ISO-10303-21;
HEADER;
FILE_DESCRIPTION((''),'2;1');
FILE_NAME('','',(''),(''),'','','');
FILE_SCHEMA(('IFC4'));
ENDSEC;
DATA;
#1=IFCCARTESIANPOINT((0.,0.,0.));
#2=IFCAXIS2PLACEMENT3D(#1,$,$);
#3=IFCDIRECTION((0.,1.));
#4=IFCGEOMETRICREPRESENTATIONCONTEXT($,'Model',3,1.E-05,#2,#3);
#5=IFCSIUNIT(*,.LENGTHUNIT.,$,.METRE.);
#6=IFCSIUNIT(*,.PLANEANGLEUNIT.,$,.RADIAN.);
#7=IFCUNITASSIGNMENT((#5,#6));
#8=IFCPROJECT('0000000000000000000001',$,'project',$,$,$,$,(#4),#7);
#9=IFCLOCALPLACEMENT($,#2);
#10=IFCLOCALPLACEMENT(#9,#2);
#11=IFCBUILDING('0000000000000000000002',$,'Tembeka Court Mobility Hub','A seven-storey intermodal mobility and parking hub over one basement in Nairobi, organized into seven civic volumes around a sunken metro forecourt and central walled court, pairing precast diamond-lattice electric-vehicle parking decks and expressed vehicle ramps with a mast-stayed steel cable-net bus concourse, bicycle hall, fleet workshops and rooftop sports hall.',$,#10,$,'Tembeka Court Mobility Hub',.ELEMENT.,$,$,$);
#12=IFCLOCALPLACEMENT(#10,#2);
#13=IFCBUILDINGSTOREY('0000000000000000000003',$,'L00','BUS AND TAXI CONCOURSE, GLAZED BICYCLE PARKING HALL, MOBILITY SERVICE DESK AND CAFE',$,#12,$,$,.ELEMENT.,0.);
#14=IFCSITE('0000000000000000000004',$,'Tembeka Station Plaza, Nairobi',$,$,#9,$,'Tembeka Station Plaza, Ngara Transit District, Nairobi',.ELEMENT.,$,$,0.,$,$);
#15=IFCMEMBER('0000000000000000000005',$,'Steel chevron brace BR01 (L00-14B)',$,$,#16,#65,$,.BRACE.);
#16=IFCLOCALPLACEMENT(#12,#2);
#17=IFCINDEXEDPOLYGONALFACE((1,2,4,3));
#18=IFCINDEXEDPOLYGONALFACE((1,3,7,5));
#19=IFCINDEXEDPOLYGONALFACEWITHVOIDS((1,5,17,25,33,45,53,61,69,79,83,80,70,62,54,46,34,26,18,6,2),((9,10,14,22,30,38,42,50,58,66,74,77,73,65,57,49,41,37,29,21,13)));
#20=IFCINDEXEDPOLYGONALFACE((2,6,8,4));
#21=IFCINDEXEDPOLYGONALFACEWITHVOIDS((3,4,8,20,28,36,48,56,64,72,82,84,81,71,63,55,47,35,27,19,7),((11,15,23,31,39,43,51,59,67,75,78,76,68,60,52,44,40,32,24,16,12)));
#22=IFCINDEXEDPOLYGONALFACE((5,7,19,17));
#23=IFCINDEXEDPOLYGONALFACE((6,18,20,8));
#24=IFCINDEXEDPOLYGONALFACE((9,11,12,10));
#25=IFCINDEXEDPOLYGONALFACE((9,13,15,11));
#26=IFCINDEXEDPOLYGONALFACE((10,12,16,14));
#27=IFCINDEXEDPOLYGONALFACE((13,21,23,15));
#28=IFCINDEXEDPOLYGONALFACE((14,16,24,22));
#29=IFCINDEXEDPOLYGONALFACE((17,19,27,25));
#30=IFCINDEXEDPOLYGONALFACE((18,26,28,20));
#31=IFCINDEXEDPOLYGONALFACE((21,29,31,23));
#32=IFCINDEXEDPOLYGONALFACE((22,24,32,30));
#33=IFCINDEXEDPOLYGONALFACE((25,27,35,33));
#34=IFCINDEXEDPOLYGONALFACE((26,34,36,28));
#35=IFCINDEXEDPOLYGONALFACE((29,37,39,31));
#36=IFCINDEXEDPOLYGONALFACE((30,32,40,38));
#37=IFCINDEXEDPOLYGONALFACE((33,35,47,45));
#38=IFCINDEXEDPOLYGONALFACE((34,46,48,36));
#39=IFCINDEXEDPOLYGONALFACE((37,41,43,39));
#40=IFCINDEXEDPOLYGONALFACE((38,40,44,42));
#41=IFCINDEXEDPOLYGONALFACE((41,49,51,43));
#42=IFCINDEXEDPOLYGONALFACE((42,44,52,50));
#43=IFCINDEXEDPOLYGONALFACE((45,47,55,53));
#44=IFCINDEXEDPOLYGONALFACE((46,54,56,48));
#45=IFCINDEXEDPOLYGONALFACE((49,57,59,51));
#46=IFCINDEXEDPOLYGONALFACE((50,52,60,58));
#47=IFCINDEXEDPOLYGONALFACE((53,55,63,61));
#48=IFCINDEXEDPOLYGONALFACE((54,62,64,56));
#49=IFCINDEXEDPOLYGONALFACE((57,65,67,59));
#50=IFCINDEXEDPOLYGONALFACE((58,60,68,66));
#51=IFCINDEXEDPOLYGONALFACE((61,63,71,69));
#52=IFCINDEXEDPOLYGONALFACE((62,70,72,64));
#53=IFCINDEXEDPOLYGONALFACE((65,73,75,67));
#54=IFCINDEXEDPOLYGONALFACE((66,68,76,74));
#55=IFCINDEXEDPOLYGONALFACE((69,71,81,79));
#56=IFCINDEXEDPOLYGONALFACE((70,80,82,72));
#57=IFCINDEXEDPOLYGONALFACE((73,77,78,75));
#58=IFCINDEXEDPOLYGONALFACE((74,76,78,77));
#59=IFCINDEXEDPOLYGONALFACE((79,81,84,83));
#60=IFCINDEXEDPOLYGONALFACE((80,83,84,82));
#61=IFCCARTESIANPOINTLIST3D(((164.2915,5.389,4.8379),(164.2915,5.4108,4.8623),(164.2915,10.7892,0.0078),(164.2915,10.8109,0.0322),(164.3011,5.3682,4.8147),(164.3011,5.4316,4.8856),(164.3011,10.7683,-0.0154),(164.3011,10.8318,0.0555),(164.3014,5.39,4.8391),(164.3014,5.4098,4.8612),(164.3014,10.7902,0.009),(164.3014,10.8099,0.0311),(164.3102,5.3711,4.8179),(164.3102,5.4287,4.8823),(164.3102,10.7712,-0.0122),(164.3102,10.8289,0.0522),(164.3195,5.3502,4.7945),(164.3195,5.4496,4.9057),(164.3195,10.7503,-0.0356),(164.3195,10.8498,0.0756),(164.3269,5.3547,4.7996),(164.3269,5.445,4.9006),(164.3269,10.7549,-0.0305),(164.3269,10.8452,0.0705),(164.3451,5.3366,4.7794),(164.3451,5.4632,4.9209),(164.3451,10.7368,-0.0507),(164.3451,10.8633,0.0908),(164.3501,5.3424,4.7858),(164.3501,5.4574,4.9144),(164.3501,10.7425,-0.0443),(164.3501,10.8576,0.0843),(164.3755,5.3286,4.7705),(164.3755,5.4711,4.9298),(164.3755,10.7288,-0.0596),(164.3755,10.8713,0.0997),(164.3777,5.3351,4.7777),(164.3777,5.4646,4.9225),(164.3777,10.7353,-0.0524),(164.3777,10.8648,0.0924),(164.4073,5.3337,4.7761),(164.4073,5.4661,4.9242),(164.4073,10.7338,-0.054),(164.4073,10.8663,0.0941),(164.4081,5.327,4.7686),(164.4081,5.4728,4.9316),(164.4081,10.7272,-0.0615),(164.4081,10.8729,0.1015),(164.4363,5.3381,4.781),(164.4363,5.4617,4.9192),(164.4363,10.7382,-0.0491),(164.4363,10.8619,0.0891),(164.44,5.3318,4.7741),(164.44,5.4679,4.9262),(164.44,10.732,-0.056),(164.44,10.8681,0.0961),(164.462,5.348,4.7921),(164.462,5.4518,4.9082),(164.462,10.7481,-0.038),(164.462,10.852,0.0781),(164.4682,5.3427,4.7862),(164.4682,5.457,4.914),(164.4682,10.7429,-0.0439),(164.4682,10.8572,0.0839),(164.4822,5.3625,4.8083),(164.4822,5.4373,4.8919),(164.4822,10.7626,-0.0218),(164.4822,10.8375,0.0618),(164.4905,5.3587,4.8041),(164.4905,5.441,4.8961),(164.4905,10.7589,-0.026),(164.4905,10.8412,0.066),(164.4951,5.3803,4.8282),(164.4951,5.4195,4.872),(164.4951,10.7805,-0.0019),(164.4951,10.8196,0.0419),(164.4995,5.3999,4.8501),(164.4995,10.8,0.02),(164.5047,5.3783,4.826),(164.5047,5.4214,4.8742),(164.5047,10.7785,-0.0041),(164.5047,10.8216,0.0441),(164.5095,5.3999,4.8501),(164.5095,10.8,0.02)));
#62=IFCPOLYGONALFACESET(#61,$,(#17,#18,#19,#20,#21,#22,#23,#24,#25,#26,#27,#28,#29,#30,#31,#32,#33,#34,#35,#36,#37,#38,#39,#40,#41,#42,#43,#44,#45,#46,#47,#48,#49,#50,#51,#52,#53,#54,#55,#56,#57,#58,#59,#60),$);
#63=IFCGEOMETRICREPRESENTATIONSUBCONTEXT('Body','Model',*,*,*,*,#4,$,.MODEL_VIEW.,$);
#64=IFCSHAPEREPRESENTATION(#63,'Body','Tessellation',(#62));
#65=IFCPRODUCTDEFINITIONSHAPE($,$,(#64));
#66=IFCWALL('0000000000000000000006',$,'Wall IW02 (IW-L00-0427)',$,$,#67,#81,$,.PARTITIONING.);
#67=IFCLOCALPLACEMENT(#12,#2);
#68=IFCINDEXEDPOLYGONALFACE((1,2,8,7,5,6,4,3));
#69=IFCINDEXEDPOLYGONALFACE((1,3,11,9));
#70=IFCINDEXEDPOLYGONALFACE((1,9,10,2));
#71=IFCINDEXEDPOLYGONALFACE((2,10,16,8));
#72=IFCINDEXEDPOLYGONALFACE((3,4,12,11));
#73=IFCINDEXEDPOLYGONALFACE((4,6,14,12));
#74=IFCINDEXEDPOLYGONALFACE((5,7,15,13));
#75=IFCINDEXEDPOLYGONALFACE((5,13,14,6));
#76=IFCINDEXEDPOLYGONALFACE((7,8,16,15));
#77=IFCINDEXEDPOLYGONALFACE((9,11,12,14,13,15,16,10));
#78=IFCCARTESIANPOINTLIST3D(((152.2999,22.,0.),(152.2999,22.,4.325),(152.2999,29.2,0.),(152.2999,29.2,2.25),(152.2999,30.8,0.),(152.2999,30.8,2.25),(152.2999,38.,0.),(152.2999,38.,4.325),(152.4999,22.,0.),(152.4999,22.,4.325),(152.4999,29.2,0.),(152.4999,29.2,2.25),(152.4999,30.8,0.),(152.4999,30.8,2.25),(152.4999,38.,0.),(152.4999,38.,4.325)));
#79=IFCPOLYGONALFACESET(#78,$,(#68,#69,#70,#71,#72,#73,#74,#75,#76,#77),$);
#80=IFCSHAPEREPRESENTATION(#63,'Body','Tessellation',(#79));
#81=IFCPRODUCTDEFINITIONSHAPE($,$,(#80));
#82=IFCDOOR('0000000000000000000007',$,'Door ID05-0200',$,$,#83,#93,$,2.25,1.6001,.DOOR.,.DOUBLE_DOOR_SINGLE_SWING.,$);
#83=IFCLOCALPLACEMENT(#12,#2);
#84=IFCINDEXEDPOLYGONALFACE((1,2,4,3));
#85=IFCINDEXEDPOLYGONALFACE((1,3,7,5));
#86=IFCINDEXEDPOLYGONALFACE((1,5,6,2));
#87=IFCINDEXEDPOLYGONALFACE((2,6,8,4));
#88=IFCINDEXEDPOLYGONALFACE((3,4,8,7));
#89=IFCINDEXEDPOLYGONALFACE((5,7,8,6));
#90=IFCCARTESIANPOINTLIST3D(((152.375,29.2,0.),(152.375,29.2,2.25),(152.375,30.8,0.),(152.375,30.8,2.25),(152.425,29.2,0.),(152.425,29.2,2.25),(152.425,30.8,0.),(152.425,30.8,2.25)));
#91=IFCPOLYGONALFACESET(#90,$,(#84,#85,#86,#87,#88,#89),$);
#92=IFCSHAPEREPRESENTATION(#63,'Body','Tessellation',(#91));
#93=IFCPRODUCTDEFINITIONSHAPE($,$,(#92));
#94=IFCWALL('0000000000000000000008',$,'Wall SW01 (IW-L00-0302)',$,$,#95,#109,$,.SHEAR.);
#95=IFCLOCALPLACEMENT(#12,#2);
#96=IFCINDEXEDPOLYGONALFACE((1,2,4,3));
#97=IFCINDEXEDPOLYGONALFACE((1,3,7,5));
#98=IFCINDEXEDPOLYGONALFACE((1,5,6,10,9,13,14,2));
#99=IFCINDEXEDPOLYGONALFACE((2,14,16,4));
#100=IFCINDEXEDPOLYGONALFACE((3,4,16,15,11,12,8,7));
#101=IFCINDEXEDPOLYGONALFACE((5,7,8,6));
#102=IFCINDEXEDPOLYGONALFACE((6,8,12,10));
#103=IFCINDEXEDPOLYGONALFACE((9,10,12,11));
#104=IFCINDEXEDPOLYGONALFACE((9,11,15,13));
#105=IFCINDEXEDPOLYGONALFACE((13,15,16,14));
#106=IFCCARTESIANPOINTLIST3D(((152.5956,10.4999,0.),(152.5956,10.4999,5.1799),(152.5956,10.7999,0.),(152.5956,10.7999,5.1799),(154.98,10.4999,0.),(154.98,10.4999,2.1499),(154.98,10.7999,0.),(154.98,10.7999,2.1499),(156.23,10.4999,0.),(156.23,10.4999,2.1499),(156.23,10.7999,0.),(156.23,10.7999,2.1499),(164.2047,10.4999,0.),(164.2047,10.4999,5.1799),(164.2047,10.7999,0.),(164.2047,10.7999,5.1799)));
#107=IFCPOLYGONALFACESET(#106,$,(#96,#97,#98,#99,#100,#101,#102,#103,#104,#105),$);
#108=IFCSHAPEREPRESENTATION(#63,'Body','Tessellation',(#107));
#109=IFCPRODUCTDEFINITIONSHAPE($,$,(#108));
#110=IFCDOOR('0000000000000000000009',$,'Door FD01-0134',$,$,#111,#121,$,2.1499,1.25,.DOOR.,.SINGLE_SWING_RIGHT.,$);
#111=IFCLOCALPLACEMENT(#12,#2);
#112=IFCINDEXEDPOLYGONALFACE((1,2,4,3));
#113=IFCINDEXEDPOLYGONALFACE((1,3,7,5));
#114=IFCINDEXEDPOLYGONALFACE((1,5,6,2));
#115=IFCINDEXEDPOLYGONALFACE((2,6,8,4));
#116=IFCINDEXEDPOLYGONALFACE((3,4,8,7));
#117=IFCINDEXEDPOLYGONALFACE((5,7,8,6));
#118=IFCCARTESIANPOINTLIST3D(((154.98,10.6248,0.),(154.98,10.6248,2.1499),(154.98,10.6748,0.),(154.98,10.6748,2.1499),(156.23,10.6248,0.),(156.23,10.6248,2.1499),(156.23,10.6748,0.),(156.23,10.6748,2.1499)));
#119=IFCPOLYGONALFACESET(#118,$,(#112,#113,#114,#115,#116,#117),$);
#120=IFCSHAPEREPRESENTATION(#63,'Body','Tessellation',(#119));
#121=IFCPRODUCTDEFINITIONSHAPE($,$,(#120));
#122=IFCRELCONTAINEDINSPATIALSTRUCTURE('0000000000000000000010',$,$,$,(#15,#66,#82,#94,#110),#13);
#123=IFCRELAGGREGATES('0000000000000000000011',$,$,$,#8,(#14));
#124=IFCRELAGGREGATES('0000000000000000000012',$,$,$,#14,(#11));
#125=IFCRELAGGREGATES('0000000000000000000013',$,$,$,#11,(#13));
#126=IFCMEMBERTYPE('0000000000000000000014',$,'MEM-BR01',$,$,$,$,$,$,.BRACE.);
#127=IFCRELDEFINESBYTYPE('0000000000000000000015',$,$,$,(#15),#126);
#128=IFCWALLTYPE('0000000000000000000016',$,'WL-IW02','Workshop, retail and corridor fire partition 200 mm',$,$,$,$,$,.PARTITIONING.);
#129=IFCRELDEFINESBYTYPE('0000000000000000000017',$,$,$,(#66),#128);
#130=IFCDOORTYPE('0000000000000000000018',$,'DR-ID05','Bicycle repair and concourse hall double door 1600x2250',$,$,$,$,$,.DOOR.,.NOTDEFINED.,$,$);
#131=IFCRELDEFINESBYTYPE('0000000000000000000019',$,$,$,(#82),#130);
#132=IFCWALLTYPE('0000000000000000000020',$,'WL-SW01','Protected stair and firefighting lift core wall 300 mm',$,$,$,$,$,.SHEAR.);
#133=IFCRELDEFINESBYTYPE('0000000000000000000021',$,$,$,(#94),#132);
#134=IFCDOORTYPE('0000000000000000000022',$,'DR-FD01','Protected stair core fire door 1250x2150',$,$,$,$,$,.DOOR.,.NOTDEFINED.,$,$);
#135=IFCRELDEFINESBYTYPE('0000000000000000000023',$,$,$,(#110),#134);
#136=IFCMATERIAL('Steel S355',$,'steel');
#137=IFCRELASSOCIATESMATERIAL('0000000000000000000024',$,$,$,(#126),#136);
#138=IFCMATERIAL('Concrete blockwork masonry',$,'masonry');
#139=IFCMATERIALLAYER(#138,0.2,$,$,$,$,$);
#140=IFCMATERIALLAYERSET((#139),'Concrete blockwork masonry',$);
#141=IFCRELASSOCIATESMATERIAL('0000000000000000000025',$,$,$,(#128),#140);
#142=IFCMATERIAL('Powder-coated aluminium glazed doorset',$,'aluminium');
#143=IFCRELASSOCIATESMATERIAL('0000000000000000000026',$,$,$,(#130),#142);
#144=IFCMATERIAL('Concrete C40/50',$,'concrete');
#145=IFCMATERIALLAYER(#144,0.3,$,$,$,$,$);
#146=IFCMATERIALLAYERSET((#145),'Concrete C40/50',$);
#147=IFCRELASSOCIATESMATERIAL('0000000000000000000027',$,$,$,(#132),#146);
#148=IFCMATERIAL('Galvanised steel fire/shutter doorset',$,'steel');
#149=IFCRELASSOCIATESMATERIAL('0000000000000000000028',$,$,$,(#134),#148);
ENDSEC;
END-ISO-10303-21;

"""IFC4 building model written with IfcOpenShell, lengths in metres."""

from ifc_helpers import new_model, si_unit, direction, frame, frame_2d, origin, origin_2d, place, context, subcontext, project, spatial, rectangle, hollow_circle, extrude, material, layer, layer_set, material_profile, profile_set, type_object, element, fill, save


model = new_model("IFC4")

# Units and contexts
model_context = context("Model", 3, precision=1e-05, world=origin(), true_north=direction((0.0, 1.0)))
body_context = subcontext(model_context, "Body", "Model", "MODEL_VIEW")
ifc_project = project(units=[si_unit("LENGTHUNIT", "METRE"), si_unit("PLANEANGLEUNIT", "RADIAN")], contexts=[model_context])

# Site, building, storey
site_placement = place(None, origin())
site = spatial("IfcSite", under=ifc_project, at=site_placement, Name="Tembeka Station Plaza, Nairobi", LongName="Tembeka Station Plaza, Ngara Transit District, Nairobi", CompositionType="ELEMENT", RefElevation=0.0)
building_placement = place(site_placement, origin())
building = spatial("IfcBuilding", under=site, at=building_placement, Name="Tembeka Court Mobility Hub", Description="A seven-storey intermodal mobility and parking hub over one basement in Nairobi, organized into seven civic volumes around a sunken metro forecourt and central walled court, pairing precast diamond-lattice electric-vehicle parking decks and expressed vehicle ramps with a mast-stayed steel cable-net bus concourse, bicycle hall, fleet workshops and rooftop sports hall.", LongName="Tembeka Court Mobility Hub", CompositionType="ELEMENT")
storey_placement = place(building_placement, origin())
storey = spatial("IfcBuildingStorey", under=building, at=storey_placement, Name="L00", Description="BUS AND TAXI CONCOURSE, GLAZED BICYCLE PARKING HALL, MOBILITY SERVICE DESK AND CAFE", CompositionType="ELEMENT", Elevation=0.0)

# Shared definitions
ifc_material_1 = material(Name="Steel S355", Category="steel")

# Member
ifc_material_profile_1 = material_profile(ifc_material_1, hollow_circle(Radius=0.1096, WallThickness=0.01, at=origin_2d()), Name="CHS 219.1x10")
ifc_profile_set_1 = profile_set([ifc_material_profile_1], Name="Steel S355")
member_type = type_object("IfcMemberType", Name="MEM-BR01", PredefinedType="BRACE", material=ifc_profile_set_1)
member_placement = place(storey_placement, frame((164.3999, 10.8, 0.02), z_axis=(0.0, -0.745353, 0.66667), x_axis=(1.0, 0.0, 0.0)))
element("IfcMember", 1, at=member_placement, inside=storey, type_object=member_type, Name="Steel chevron brace BR01 (L00-14B)", PredefinedType="BRACE", context=body_context, shape_type="SweptSolid", body=[
    extrude(hollow_circle(Radius=0.1096, WallThickness=0.01, at=origin_2d()), origin(), (0.0, 0.0, 1.0), 7.2451),
])

# Walls, openings, doors
ifc_material_2 = material(Name="Concrete blockwork masonry", Category="masonry")
ifc_layer_1 = layer(ifc_material_2, 0.2)
ifc_layer_set_1 = layer_set([ifc_layer_1], Name="Concrete blockwork masonry")
wall_type_1 = type_object("IfcWallType", Name="WL-IW02", Description="Workshop, retail and corridor fire partition 200 mm", PredefinedType="PARTITIONING", material=ifc_layer_set_1)
wall_1_placement = place(storey_placement, frame((152.3999, 22.0, 0.0), z_axis=(0.0, 0.0, 1.0), x_axis=(0.0, 1.0, 0.0)))
wall_1 = element("IfcWall", 2, at=wall_1_placement, inside=storey, type_object=wall_type_1, Name="Wall IW02 (IW-L00-0427)", PredefinedType="PARTITIONING", context=body_context, shape_type="SweptSolid", body=[
    extrude(rectangle(XDim=16.0, YDim=0.2, at=frame_2d((8.0, 0.0))), origin(), (0.0, 0.0, 1.0), 4.325),
])
opening_1_placement = place(wall_1_placement, frame((7.2, 0.0, 0.0)))
opening_1 = element("IfcOpeningElement", 3, at=opening_1_placement, cuts=wall_1, PredefinedType="OPENING", context=body_context, shape_type="SweptSolid", body=[
    extrude(rectangle(XDim=1.6001, YDim=2.25, at=frame_2d((0.8, 1.125))), frame((0.0, 0.1099, 0.0), z_axis=(0.0, -1.0, 0.0), x_axis=(1.0, 0.0, 0.0)), (0.0, 0.0, 1.0), 0.22),
])
ifc_material_3 = material(Name="Powder-coated aluminium glazed doorset", Category="aluminium")
door_type_1 = type_object("IfcDoorType", Name="DR-ID05", Description="Bicycle repair and concourse hall double door 1600x2250", OperationType="NOTDEFINED", PredefinedType="DOOR", material=ifc_material_3)
door_1_placement = place(opening_1_placement, origin())
door_1 = element("IfcDoor", 4, at=door_1_placement, inside=storey, type_object=door_type_1, Name="Door ID05-0200", OperationType="DOUBLE_DOOR_SINGLE_SWING", OverallHeight=2.25, OverallWidth=1.6001, PredefinedType="DOOR", context=body_context, shape_type="SweptSolid", body=[
    extrude(rectangle(XDim=1.6001, YDim=2.25, at=frame_2d((0.8, 1.125))), frame((0.0, 0.0249, 0.0), z_axis=(0.0, -1.0, 0.0), x_axis=(1.0, 0.0, 0.0)), (0.0, 0.0, 1.0), 0.05),
])
fill(opening_1, door_1)
ifc_material_4 = material(Name="Concrete C40/50", Category="concrete")
ifc_layer_2 = layer(ifc_material_4, 0.3)
ifc_layer_set_2 = layer_set([ifc_layer_2], Name="Concrete C40/50")
wall_type_2 = type_object("IfcWallType", Name="WL-SW01", Description="Protected stair and firefighting lift core wall 300 mm", PredefinedType="SHEAR", material=ifc_layer_set_2)
wall_2_placement = place(storey_placement, frame((152.5955, 10.6499, 0.0), z_axis=(0.0, 0.0, 1.0), x_axis=(1.0, 0.0, 0.0)))
wall_2 = element("IfcWall", 5, at=wall_2_placement, inside=storey, type_object=wall_type_2, Name="Wall SW01 (IW-L00-0302)", PredefinedType="SHEAR", context=body_context, shape_type="SweptSolid", body=[
    extrude(rectangle(XDim=11.6091, YDim=0.3, at=frame_2d((5.8047, 0.0))), origin(), (0.0, 0.0, 1.0), 5.1799),
])
opening_2_placement = place(wall_2_placement, frame((2.3845, 0.0, 0.0)))
opening_2 = element("IfcOpeningElement", 6, at=opening_2_placement, cuts=wall_2, PredefinedType="OPENING", context=body_context, shape_type="SweptSolid", body=[
    extrude(rectangle(XDim=1.25, YDim=2.1499, at=frame_2d((0.625, 1.075))), frame((0.0, 0.1602, 0.0), z_axis=(0.0, -1.0, 0.0), x_axis=(1.0, 0.0, 0.0)), (0.0, 0.0, 1.0), 0.3201),
])
ifc_material_5 = material(Name="Galvanised steel fire/shutter doorset", Category="steel")
door_type_2 = type_object("IfcDoorType", Name="DR-FD01", Description="Protected stair core fire door 1250x2150", OperationType="NOTDEFINED", PredefinedType="DOOR", material=ifc_material_5)
door_2_placement = place(opening_2_placement, origin())
door_2 = element("IfcDoor", 7, at=door_2_placement, inside=storey, type_object=door_type_2, Name="Door FD01-0134", OperationType="SINGLE_SWING_RIGHT", OverallHeight=2.1499, OverallWidth=1.25, PredefinedType="DOOR", context=body_context, shape_type="SweptSolid", body=[
    extrude(rectangle(XDim=1.25, YDim=2.1499, at=frame_2d((0.625, 1.075))), frame((0.0, 0.0249, 0.0), z_axis=(0.0, -1.0, 0.0), x_axis=(1.0, 0.0, 0.0)), (0.0, 0.0, 1.0), 0.05),
])
fill(opening_2, door_2)

save(model, "model.ifc")
